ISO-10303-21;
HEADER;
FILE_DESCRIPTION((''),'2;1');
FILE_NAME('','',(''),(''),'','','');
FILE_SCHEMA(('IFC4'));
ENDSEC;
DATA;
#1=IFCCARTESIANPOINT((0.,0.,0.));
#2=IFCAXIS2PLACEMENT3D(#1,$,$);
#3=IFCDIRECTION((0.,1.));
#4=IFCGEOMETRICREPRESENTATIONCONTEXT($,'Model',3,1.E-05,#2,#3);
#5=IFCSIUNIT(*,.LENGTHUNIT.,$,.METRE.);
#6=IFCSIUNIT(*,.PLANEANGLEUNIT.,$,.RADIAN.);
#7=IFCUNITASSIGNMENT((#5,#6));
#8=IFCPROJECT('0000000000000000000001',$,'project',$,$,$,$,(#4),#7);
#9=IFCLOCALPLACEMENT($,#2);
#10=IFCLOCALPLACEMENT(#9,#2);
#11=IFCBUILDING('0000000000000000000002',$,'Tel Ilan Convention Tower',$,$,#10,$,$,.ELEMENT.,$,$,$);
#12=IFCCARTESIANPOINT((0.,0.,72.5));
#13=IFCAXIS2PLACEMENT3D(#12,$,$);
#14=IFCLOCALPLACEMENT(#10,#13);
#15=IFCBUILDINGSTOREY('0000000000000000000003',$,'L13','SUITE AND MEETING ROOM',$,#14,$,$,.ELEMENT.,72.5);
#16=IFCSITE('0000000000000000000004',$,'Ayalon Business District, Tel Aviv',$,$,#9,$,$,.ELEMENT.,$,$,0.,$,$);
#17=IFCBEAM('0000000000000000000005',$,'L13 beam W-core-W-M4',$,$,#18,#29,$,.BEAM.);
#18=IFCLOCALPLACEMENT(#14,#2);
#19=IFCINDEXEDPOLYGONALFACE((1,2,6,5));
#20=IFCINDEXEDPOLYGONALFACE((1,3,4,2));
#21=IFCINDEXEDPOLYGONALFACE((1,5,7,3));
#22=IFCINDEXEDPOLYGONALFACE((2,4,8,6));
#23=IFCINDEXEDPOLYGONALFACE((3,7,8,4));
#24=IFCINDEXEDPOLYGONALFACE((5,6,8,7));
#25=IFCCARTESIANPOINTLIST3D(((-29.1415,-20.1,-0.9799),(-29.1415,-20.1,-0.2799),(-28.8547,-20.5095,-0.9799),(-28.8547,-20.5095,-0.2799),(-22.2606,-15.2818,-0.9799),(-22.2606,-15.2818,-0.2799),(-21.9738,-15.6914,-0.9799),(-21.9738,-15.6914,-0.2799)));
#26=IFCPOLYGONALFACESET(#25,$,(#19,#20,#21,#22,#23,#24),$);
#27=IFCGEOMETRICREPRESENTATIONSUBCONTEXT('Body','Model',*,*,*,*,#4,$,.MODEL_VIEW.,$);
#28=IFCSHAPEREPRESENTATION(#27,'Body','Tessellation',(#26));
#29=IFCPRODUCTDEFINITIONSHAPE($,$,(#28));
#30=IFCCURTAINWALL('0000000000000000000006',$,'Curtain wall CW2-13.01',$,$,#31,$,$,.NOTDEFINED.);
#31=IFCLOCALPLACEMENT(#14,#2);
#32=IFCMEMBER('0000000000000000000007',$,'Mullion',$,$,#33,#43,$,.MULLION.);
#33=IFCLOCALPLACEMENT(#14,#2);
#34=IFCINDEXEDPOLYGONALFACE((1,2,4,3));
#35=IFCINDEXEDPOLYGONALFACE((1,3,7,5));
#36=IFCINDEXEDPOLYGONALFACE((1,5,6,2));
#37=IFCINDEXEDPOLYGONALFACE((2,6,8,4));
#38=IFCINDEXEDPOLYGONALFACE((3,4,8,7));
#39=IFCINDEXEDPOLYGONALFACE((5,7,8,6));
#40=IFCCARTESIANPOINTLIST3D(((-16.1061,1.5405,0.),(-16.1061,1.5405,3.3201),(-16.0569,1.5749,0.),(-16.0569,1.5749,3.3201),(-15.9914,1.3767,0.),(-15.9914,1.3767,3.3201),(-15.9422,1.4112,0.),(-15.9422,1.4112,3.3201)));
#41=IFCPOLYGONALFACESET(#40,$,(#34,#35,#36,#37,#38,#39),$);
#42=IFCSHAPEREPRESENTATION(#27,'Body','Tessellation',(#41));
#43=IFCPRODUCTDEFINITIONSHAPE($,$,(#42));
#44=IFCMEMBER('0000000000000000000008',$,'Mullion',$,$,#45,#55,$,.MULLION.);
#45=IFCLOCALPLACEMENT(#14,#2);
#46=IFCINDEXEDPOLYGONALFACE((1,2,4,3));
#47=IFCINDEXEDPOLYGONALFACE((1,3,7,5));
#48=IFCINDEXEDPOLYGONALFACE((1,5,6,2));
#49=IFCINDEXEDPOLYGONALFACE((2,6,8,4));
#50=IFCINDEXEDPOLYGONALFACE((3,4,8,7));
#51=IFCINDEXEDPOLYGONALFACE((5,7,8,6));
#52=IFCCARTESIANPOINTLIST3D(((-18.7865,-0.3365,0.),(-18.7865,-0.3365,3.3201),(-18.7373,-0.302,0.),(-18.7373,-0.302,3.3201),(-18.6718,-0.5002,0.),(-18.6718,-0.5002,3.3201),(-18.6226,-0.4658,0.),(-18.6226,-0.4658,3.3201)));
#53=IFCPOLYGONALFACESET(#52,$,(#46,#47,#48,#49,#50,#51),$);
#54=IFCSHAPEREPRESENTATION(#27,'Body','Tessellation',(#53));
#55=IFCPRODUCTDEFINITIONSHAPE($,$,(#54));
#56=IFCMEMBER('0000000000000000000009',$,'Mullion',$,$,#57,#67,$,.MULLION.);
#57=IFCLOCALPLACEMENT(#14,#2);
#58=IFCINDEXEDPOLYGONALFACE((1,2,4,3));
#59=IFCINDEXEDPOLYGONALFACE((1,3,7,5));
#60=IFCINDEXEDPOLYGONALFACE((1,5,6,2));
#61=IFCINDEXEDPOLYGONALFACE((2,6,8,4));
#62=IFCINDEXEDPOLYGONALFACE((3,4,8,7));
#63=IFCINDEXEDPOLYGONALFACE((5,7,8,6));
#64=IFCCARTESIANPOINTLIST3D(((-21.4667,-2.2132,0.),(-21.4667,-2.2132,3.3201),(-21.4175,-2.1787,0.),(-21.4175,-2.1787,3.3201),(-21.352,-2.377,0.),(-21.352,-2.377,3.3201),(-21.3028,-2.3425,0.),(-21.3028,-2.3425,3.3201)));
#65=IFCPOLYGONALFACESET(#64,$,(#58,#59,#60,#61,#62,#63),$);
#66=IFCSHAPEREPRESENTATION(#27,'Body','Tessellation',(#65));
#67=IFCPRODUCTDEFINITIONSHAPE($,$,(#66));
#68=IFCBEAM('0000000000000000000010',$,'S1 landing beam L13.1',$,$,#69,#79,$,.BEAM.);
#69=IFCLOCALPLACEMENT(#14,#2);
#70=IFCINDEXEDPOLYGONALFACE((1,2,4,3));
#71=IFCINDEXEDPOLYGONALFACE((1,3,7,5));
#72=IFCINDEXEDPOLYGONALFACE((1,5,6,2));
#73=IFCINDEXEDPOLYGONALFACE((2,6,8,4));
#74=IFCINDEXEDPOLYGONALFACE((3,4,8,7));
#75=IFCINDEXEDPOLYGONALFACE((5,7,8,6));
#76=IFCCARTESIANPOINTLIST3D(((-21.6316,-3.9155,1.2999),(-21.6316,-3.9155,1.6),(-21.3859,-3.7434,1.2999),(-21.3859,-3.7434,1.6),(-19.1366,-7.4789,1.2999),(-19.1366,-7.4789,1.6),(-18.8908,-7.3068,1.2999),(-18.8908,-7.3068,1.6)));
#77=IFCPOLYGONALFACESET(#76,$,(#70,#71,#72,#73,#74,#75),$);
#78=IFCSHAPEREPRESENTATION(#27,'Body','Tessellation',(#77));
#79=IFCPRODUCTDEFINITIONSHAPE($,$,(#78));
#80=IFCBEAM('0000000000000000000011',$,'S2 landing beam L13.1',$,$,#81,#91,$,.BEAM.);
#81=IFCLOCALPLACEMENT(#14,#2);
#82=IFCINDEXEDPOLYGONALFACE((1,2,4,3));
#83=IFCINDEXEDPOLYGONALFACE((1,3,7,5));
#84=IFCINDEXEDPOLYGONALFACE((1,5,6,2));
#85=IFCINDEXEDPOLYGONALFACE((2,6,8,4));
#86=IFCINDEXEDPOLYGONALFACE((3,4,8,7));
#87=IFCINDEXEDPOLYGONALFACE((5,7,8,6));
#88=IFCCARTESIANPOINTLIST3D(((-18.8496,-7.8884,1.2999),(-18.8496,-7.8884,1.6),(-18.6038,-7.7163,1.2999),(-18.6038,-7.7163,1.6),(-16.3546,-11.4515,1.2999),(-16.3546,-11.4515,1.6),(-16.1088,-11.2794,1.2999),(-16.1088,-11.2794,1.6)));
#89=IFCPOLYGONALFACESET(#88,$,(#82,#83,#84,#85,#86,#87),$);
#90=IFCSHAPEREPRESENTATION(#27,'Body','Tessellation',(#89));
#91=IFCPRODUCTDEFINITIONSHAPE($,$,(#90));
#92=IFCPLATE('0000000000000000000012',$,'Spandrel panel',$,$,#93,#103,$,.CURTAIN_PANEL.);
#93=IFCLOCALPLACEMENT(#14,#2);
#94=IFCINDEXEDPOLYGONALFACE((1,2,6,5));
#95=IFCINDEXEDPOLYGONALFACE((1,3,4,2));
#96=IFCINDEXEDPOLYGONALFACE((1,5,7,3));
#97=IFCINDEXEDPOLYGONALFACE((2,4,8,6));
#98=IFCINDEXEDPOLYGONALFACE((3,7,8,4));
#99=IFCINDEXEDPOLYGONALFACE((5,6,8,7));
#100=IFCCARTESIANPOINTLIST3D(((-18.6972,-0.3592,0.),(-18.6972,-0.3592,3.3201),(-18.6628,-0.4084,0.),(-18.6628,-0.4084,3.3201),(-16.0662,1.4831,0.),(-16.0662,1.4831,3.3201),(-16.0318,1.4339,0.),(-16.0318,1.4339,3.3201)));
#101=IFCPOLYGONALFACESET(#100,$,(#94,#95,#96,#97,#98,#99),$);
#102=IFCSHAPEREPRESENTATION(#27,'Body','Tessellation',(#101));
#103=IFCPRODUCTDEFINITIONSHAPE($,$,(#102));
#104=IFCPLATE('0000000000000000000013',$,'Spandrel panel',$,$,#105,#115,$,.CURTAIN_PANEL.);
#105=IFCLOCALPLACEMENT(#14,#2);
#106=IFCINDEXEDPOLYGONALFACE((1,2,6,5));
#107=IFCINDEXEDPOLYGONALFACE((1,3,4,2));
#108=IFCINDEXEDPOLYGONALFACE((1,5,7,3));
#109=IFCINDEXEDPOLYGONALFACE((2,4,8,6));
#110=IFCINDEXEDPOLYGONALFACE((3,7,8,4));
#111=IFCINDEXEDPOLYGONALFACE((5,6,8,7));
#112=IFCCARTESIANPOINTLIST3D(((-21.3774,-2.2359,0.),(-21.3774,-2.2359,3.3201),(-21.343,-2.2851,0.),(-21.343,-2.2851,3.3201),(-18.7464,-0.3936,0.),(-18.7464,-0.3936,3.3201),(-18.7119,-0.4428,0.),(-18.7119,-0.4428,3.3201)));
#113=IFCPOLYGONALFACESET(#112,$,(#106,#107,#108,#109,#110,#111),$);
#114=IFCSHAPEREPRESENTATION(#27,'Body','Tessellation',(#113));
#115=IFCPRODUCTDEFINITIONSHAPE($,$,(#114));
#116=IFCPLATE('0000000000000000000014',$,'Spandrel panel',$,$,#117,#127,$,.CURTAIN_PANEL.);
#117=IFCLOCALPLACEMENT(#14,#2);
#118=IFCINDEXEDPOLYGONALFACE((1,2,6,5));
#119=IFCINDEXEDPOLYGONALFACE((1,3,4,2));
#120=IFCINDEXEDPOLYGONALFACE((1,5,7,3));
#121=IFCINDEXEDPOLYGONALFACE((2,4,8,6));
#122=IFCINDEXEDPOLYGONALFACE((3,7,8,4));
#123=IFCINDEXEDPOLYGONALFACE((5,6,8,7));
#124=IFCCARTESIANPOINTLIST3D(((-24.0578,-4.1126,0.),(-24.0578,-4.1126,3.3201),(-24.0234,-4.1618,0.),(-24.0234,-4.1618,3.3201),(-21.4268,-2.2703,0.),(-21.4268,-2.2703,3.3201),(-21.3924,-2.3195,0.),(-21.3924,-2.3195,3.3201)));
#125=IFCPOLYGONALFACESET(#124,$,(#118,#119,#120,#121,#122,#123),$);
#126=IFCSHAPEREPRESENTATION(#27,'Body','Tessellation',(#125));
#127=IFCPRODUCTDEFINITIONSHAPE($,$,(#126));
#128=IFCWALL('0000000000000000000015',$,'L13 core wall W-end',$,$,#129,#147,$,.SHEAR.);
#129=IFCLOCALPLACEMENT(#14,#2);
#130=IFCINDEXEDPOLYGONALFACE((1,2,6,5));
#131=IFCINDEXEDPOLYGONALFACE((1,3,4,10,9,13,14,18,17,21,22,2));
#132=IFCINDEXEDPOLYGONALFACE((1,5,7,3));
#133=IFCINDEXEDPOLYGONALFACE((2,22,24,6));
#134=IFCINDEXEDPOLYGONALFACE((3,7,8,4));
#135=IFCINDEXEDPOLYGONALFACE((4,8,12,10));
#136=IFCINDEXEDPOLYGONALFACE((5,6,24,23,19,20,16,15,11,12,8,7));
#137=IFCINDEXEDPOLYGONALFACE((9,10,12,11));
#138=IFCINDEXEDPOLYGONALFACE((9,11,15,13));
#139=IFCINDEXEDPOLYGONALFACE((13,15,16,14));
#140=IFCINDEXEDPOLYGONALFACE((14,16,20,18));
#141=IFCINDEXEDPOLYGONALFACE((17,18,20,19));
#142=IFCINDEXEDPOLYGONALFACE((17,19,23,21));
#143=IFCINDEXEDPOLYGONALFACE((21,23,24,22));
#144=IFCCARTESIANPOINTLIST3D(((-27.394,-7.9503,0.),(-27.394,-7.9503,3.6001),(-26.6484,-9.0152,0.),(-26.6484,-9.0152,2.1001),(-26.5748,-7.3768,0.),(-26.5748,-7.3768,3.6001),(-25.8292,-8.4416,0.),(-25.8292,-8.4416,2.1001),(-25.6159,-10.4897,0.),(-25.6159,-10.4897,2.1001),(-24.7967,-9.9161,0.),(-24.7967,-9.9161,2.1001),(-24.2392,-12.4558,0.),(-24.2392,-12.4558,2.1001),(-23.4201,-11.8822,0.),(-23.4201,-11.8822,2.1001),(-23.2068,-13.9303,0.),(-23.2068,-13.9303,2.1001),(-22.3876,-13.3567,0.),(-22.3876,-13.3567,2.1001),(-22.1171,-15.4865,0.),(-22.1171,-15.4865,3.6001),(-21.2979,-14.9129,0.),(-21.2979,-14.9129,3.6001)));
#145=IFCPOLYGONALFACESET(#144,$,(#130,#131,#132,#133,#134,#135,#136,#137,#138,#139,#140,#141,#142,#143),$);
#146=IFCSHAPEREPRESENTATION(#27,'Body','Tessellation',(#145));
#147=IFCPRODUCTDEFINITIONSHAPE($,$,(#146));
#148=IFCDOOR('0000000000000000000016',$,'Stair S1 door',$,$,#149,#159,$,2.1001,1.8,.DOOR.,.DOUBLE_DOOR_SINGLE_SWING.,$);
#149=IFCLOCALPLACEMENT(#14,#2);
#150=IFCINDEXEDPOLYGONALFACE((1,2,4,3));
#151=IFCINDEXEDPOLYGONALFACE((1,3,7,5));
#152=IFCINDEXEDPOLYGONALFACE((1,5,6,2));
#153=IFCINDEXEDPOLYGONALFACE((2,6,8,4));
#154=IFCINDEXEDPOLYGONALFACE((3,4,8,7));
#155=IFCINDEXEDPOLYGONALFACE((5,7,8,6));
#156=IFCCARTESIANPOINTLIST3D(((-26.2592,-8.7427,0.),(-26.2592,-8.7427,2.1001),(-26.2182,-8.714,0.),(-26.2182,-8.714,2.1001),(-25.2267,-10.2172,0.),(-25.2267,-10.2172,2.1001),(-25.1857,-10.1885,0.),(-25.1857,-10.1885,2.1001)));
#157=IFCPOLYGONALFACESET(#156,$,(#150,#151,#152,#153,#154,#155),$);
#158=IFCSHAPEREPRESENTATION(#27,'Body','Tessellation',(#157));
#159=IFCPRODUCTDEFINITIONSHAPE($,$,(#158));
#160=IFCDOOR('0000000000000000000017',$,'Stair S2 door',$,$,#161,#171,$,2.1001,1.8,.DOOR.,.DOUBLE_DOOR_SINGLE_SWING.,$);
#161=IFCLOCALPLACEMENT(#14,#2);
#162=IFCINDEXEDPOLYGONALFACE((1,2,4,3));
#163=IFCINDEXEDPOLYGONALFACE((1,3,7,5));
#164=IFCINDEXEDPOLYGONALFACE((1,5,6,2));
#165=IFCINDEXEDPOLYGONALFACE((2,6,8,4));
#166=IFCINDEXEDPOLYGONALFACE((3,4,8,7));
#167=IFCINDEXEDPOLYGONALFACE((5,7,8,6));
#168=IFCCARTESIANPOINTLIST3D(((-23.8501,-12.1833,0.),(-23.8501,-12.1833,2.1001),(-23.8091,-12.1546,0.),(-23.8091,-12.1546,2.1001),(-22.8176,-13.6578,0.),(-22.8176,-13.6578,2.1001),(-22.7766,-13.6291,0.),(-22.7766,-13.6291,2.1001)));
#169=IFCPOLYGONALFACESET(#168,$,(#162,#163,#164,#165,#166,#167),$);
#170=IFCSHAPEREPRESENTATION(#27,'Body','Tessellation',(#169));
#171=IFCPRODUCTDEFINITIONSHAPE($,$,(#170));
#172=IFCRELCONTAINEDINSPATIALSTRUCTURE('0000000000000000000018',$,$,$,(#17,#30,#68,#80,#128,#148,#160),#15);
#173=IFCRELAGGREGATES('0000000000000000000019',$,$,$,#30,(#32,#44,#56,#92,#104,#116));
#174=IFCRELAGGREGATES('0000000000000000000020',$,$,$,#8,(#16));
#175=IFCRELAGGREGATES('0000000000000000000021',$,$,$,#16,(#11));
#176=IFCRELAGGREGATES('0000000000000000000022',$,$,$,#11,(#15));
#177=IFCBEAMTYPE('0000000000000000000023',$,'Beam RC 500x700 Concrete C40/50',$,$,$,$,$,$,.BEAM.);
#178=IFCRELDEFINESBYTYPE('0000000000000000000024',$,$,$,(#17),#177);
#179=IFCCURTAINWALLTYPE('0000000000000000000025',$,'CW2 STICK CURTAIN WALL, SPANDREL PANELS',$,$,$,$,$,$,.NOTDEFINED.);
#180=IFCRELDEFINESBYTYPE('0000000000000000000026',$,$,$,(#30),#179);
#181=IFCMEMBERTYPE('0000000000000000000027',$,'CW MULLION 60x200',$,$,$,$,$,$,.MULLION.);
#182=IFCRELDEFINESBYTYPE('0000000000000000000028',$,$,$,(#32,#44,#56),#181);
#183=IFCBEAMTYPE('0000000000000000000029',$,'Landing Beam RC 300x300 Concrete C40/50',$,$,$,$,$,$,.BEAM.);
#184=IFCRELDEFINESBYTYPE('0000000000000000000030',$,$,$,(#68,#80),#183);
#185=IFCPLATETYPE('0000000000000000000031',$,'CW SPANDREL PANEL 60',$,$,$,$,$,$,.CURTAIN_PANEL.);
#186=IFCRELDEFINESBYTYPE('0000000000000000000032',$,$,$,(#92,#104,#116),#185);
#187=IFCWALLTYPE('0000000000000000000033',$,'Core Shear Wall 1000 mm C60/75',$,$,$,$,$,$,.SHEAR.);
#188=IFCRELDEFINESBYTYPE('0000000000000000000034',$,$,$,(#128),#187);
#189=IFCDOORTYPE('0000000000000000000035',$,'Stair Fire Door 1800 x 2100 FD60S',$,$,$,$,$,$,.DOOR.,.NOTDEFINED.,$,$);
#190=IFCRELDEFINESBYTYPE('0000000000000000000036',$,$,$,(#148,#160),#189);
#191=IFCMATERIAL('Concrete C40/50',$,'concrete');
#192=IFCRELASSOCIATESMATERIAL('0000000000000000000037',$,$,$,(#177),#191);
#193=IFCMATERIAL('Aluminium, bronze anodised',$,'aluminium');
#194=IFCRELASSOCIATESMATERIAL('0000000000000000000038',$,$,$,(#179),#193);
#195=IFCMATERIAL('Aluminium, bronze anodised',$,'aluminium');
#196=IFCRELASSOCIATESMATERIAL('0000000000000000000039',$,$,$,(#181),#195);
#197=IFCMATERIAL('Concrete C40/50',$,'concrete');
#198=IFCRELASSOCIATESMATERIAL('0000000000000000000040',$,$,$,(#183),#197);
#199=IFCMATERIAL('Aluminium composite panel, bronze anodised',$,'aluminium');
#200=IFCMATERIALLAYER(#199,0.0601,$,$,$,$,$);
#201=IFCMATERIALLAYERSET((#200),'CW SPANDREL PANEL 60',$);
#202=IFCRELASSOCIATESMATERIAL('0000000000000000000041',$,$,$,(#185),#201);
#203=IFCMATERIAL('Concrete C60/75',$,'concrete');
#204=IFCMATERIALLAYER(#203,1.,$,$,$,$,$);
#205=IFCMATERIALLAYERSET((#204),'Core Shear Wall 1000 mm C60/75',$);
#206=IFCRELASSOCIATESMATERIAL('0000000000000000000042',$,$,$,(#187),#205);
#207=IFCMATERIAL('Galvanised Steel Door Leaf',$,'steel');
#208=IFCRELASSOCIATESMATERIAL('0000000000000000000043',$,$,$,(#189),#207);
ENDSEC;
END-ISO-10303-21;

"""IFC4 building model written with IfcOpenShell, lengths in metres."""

from ifc_helpers import new_model, si_unit, direction, frame, frame_2d, origin, origin_2d, place, context, subcontext, project, spatial, polyline, rectangle, outline, extrude, material, layer, layer_set, material_profile, profile_set, type_object, element, fill, aggregate, save


model = new_model("IFC4")

# Units and contexts
model_context = context("Model", 3, precision=1e-05, world=origin(), true_north=direction((0.0, 1.0)))
body_context = subcontext(model_context, "Body", "Model", "MODEL_VIEW")
ifc_project = project(units=[si_unit("LENGTHUNIT", "METRE"), si_unit("PLANEANGLEUNIT", "RADIAN")], contexts=[model_context])

# Site, building, storey
site_placement = place(None, origin())
site = spatial("IfcSite", under=ifc_project, at=site_placement, Name="Ayalon Business District, Tel Aviv", CompositionType="ELEMENT", RefElevation=0.0)
building_placement = place(site_placement, origin())
building = spatial("IfcBuilding", under=site, at=building_placement, Name="Tel Ilan Convention Tower", CompositionType="ELEMENT")
storey_placement = place(building_placement, frame((0.0, 0.0, 72.5)))
storey = spatial("IfcBuildingStorey", under=building, at=storey_placement, Name="L13", Description="SUITE AND MEETING ROOM", CompositionType="ELEMENT", Elevation=72.5)

# Beam
ifc_material_1 = material(Name="Concrete C40/50", Category="concrete")
ifc_material_profile_1 = material_profile(ifc_material_1, rectangle(XDim=0.5, YDim=0.7, at=origin_2d()), Name="RC 500x700")
ifc_profile_set_1 = profile_set([ifc_material_profile_1], Name="Concrete C40/50")
beam_type_1 = type_object("IfcBeamType", Name="Beam RC 500x700 Concrete C40/50", PredefinedType="BEAM", material=ifc_profile_set_1)
beam_1_placement = place(storey_placement, frame((-22.1172, -15.4866, -0.6299), z_axis=(-0.819147, -0.573583, 0.0), x_axis=(0.573583, -0.819147, 0.0)))
element("IfcBeam", 1, at=beam_1_placement, inside=storey, type_object=beam_type_1, Name="L13 beam W-core-W-M4", PredefinedType="BEAM", context=body_context, shape_type="SweptSolid", body=[
    extrude(rectangle(XDim=0.5, YDim=0.7, at=origin_2d()), origin(), (0.0, 0.0, 1.0), 8.4001),
])

# Curtain wall, members
ifc_material_2 = material(Name="Aluminium, bronze anodised", Category="aluminium")
curtain_wall_type = type_object("IfcCurtainWallType", Name="CW2 STICK CURTAIN WALL, SPANDREL PANELS", PredefinedType="NOTDEFINED", material=ifc_material_2)
curtain_wall_placement = place(storey_placement, origin())
curtain_wall = element("IfcCurtainWall", 2, at=curtain_wall_placement, inside=storey, type_object=curtain_wall_type, Name="Curtain wall CW2-13.01", PredefinedType="NOTDEFINED")
ifc_material_3 = material(Name="Aluminium, bronze anodised", Category="aluminium")
ifc_material_profile_2 = material_profile(ifc_material_3, rectangle(XDim=0.0601, YDim=0.2, at=origin_2d()), Name="CW MULLION 60x200")
ifc_profile_set_2 = profile_set([ifc_material_profile_2], Name="Aluminium, bronze anodised")
member_type = type_object("IfcMemberType", Name="CW MULLION 60x200", PredefinedType="MULLION", material=ifc_profile_set_2)
member_1_placement = place(storey_placement, frame((-16.0242, 1.4758, 0.0), z_axis=(0.0, 0.0, 1.0), x_axis=(-0.819152, -0.573576, 0.0)))
member_1 = element("IfcMember", 3, at=member_1_placement, type_object=member_type, Name="Mullion", PredefinedType="MULLION", context=body_context, shape_type="SweptSolid", body=[
    extrude(rectangle(XDim=0.0601, YDim=0.2, at=origin_2d()), origin(), (0.0, 0.0, 1.0), 3.3201),
])
member_2_placement = place(storey_placement, frame((-18.7046, -0.4011, 0.0), z_axis=(0.0, 0.0, 1.0), x_axis=(-0.819152, -0.573576, 0.0)))
member_2 = element("IfcMember", 4, at=member_2_placement, type_object=member_type, Name="Mullion", PredefinedType="MULLION", context=body_context, shape_type="SweptSolid", body=[
    extrude(rectangle(XDim=0.0601, YDim=0.2, at=origin_2d()), origin(), (0.0, 0.0, 1.0), 3.3201),
])
member_3_placement = place(storey_placement, frame((-21.3848, -2.2778, 0.0), z_axis=(0.0, 0.0, 1.0), x_axis=(-0.819152, -0.573576, 0.0)))
member_3 = element("IfcMember", 5, at=member_3_placement, type_object=member_type, Name="Mullion", PredefinedType="MULLION", context=body_context, shape_type="SweptSolid", body=[
    extrude(rectangle(XDim=0.0601, YDim=0.2, at=origin_2d()), origin(), (0.0, 0.0, 1.0), 3.3201),
])

# Beams
ifc_material_4 = material(Name="Concrete C40/50", Category="concrete")
ifc_material_profile_3 = material_profile(ifc_material_4, rectangle(XDim=0.3, YDim=0.3, at=origin_2d()), Name="RC 300x300")
ifc_profile_set_3 = profile_set([ifc_material_profile_3], Name="Concrete C40/50")
beam_type_2 = type_object("IfcBeamType", Name="Landing Beam RC 300x300 Concrete C40/50", PredefinedType="BEAM", material=ifc_profile_set_3)
beam_2_placement = place(storey_placement, frame((-19.0137, -7.3928, 1.45), z_axis=(-0.573568, 0.819158, 0.0), x_axis=(-0.819158, -0.573568, 0.0)))
element("IfcBeam", 6, at=beam_2_placement, inside=storey, type_object=beam_type_2, Name="S1 landing beam L13.1", PredefinedType="BEAM", context=body_context, shape_type="SweptSolid", body=[
    extrude(rectangle(XDim=0.3, YDim=0.3, at=origin_2d()), origin(), (0.0, 0.0, 1.0), 4.3501),
])
beam_3_placement = place(storey_placement, frame((-16.2317, -11.3655, 1.45), z_axis=(-0.573594, 0.81914, 0.0), x_axis=(-0.81914, -0.573594, 0.0)))
element("IfcBeam", 7, at=beam_3_placement, inside=storey, type_object=beam_type_2, Name="S2 landing beam L13.1", PredefinedType="BEAM", context=body_context, shape_type="SweptSolid", body=[
    extrude(rectangle(XDim=0.3, YDim=0.3, at=origin_2d()), origin(), (0.0, 0.0, 1.0), 4.3499),
])

# Plates
ifc_material_5 = material(Name="Aluminium composite panel, bronze anodised", Category="aluminium")
ifc_layer_1 = layer(ifc_material_5, 0.0601)
ifc_layer_set_1 = layer_set([ifc_layer_1], Name="CW SPANDREL PANEL 60")
plate_type = type_object("IfcPlateType", Name="CW SPANDREL PANEL 60", PredefinedType="CURTAIN_PANEL", material=ifc_layer_set_1)
plate_1_placement = place(storey_placement, frame((-17.3645, 0.5374, 0.0), z_axis=(0.0, 0.0, 1.0), x_axis=(-0.819152, -0.573576, 0.0)))
plate_1 = element("IfcPlate", 8, at=plate_1_placement, type_object=plate_type, Name="Spandrel panel", PredefinedType="CURTAIN_PANEL", context=body_context, shape_type="SweptSolid", body=[
    extrude(rectangle(XDim=3.2119, YDim=0.0601, at=origin_2d()), origin(), (0.0, 0.0, 1.0), 3.3201),
])
plate_2_placement = place(storey_placement, frame((-20.0447, -1.3394, 0.0), z_axis=(0.0, 0.0, 1.0), x_axis=(-0.819152, -0.573576, 0.0)))
plate_2 = element("IfcPlate", 9, at=plate_2_placement, type_object=plate_type, Name="Spandrel panel", PredefinedType="CURTAIN_PANEL", context=body_context, shape_type="SweptSolid", body=[
    extrude(rectangle(XDim=3.2119, YDim=0.0601, at=origin_2d()), origin(), (0.0, 0.0, 1.0), 3.3201),
])
plate_3_placement = place(storey_placement, frame((-22.7251, -3.2161, 0.0), z_axis=(0.0, 0.0, 1.0), x_axis=(-0.819152, -0.573576, 0.0)))
plate_3 = element("IfcPlate", 10, at=plate_3_placement, type_object=plate_type, Name="Spandrel panel", PredefinedType="CURTAIN_PANEL", context=body_context, shape_type="SweptSolid", body=[
    extrude(rectangle(XDim=3.2119, YDim=0.0601, at=origin_2d()), origin(), (0.0, 0.0, 1.0), 3.3201),
])
aggregate(curtain_wall, [member_1, member_2, member_3, plate_1, plate_2, plate_3])

# Wall, openings, doors
ifc_material_6 = material(Name="Concrete C60/75", Category="concrete")
ifc_layer_2 = layer(ifc_material_6, 1.0)
ifc_layer_set_2 = layer_set([ifc_layer_2], Name="Core Shear Wall 1000 mm C60/75")
wall_type_1 = type_object("IfcWallType", Name="Core Shear Wall 1000 mm C60/75", PredefinedType="SHEAR", material=ifc_layer_set_2)
wall_1_placement = place(storey_placement, frame((-21.7075, -15.1997, 0.0), z_axis=(0.0, 0.0, 1.0), x_axis=(-0.573576, 0.819152, 0.0)))
wall_1 = element("IfcWall", 11, at=wall_1_placement, inside=storey, type_object=wall_type_1, Name="L13 core wall W-end", PredefinedType="SHEAR", context=body_context, shape_type="SweptSolid", body=[
    extrude(outline(polyline([(0.0, 0.5), (0.0, -0.5), (9.2, -0.5), (9.2, 0.5), (0.0, 0.5)])), origin(), (0.0, 0.0, 1.0), 3.6001),
])
opening_1_placement = place(wall_1_placement, frame((6.1001, 0.0, 0.0)))
opening_1 = element("IfcOpeningElement", 12, at=opening_1_placement, cuts=wall_1, PredefinedType="OPENING", context=body_context, shape_type="SweptSolid", body=[
    extrude(rectangle(XDim=1.8, YDim=2.1001, at=frame_2d((0.8999, 1.05))), frame((0.0, 0.51, 0.0), z_axis=(0.0, -1.0, 0.0), x_axis=(1.0, 0.0, 0.0)), (0.0, 0.0, 1.0), 1.02),
])
opening_2_placement = place(wall_1_placement, frame((1.8999, 0.0, 0.0)))
opening_2 = element("IfcOpeningElement", 13, at=opening_2_placement, cuts=wall_1, PredefinedType="OPENING", context=body_context, shape_type="SweptSolid", body=[
    extrude(rectangle(XDim=1.8, YDim=2.1001, at=frame_2d((0.8999, 1.05))), frame((0.0, 0.51, 0.0), z_axis=(0.0, -1.0, 0.0), x_axis=(1.0, 0.0, 0.0)), (0.0, 0.0, 1.0), 1.02),
])
ifc_material_7 = material(Name="Galvanised Steel Door Leaf", Category="steel")
door_type = type_object("IfcDoorType", Name="Stair Fire Door 1800 x 2100 FD60S", OperationType="NOTDEFINED", PredefinedType="DOOR", material=ifc_material_7)
door_1_placement = place(opening_1_placement, origin())
door_1 = element("IfcDoor", 14, at=door_1_placement, inside=storey, type_object=door_type, Name="Stair S1 door", OperationType="DOUBLE_DOOR_SINGLE_SWING", OverallHeight=2.1001, OverallWidth=1.8, PredefinedType="DOOR", context=body_context, shape_type="SweptSolid", body=[
    extrude(rectangle(XDim=1.8, YDim=2.1001, at=frame_2d((0.8999, 1.05))), frame((0.0, 0.0249, 0.0), z_axis=(0.0, -1.0, 0.0), x_axis=(1.0, 0.0, 0.0)), (0.0, 0.0, 1.0), 0.05),
])
fill(opening_1, door_1)
door_2_placement = place(opening_2_placement, origin())
door_2 = element("IfcDoor", 15, at=door_2_placement, inside=storey, type_object=door_type, Name="Stair S2 door", OperationType="DOUBLE_DOOR_SINGLE_SWING", OverallHeight=2.1001, OverallWidth=1.8, PredefinedType="DOOR", context=body_context, shape_type="SweptSolid", body=[
    extrude(rectangle(XDim=1.8, YDim=2.1001, at=frame_2d((0.8999, 1.05))), frame((0.0, 0.0249, 0.0), z_axis=(0.0, -1.0, 0.0), x_axis=(1.0, 0.0, 0.0)), (0.0, 0.0, 1.0), 0.05),
])
fill(opening_2, door_2)

save(model, "model.ifc")
